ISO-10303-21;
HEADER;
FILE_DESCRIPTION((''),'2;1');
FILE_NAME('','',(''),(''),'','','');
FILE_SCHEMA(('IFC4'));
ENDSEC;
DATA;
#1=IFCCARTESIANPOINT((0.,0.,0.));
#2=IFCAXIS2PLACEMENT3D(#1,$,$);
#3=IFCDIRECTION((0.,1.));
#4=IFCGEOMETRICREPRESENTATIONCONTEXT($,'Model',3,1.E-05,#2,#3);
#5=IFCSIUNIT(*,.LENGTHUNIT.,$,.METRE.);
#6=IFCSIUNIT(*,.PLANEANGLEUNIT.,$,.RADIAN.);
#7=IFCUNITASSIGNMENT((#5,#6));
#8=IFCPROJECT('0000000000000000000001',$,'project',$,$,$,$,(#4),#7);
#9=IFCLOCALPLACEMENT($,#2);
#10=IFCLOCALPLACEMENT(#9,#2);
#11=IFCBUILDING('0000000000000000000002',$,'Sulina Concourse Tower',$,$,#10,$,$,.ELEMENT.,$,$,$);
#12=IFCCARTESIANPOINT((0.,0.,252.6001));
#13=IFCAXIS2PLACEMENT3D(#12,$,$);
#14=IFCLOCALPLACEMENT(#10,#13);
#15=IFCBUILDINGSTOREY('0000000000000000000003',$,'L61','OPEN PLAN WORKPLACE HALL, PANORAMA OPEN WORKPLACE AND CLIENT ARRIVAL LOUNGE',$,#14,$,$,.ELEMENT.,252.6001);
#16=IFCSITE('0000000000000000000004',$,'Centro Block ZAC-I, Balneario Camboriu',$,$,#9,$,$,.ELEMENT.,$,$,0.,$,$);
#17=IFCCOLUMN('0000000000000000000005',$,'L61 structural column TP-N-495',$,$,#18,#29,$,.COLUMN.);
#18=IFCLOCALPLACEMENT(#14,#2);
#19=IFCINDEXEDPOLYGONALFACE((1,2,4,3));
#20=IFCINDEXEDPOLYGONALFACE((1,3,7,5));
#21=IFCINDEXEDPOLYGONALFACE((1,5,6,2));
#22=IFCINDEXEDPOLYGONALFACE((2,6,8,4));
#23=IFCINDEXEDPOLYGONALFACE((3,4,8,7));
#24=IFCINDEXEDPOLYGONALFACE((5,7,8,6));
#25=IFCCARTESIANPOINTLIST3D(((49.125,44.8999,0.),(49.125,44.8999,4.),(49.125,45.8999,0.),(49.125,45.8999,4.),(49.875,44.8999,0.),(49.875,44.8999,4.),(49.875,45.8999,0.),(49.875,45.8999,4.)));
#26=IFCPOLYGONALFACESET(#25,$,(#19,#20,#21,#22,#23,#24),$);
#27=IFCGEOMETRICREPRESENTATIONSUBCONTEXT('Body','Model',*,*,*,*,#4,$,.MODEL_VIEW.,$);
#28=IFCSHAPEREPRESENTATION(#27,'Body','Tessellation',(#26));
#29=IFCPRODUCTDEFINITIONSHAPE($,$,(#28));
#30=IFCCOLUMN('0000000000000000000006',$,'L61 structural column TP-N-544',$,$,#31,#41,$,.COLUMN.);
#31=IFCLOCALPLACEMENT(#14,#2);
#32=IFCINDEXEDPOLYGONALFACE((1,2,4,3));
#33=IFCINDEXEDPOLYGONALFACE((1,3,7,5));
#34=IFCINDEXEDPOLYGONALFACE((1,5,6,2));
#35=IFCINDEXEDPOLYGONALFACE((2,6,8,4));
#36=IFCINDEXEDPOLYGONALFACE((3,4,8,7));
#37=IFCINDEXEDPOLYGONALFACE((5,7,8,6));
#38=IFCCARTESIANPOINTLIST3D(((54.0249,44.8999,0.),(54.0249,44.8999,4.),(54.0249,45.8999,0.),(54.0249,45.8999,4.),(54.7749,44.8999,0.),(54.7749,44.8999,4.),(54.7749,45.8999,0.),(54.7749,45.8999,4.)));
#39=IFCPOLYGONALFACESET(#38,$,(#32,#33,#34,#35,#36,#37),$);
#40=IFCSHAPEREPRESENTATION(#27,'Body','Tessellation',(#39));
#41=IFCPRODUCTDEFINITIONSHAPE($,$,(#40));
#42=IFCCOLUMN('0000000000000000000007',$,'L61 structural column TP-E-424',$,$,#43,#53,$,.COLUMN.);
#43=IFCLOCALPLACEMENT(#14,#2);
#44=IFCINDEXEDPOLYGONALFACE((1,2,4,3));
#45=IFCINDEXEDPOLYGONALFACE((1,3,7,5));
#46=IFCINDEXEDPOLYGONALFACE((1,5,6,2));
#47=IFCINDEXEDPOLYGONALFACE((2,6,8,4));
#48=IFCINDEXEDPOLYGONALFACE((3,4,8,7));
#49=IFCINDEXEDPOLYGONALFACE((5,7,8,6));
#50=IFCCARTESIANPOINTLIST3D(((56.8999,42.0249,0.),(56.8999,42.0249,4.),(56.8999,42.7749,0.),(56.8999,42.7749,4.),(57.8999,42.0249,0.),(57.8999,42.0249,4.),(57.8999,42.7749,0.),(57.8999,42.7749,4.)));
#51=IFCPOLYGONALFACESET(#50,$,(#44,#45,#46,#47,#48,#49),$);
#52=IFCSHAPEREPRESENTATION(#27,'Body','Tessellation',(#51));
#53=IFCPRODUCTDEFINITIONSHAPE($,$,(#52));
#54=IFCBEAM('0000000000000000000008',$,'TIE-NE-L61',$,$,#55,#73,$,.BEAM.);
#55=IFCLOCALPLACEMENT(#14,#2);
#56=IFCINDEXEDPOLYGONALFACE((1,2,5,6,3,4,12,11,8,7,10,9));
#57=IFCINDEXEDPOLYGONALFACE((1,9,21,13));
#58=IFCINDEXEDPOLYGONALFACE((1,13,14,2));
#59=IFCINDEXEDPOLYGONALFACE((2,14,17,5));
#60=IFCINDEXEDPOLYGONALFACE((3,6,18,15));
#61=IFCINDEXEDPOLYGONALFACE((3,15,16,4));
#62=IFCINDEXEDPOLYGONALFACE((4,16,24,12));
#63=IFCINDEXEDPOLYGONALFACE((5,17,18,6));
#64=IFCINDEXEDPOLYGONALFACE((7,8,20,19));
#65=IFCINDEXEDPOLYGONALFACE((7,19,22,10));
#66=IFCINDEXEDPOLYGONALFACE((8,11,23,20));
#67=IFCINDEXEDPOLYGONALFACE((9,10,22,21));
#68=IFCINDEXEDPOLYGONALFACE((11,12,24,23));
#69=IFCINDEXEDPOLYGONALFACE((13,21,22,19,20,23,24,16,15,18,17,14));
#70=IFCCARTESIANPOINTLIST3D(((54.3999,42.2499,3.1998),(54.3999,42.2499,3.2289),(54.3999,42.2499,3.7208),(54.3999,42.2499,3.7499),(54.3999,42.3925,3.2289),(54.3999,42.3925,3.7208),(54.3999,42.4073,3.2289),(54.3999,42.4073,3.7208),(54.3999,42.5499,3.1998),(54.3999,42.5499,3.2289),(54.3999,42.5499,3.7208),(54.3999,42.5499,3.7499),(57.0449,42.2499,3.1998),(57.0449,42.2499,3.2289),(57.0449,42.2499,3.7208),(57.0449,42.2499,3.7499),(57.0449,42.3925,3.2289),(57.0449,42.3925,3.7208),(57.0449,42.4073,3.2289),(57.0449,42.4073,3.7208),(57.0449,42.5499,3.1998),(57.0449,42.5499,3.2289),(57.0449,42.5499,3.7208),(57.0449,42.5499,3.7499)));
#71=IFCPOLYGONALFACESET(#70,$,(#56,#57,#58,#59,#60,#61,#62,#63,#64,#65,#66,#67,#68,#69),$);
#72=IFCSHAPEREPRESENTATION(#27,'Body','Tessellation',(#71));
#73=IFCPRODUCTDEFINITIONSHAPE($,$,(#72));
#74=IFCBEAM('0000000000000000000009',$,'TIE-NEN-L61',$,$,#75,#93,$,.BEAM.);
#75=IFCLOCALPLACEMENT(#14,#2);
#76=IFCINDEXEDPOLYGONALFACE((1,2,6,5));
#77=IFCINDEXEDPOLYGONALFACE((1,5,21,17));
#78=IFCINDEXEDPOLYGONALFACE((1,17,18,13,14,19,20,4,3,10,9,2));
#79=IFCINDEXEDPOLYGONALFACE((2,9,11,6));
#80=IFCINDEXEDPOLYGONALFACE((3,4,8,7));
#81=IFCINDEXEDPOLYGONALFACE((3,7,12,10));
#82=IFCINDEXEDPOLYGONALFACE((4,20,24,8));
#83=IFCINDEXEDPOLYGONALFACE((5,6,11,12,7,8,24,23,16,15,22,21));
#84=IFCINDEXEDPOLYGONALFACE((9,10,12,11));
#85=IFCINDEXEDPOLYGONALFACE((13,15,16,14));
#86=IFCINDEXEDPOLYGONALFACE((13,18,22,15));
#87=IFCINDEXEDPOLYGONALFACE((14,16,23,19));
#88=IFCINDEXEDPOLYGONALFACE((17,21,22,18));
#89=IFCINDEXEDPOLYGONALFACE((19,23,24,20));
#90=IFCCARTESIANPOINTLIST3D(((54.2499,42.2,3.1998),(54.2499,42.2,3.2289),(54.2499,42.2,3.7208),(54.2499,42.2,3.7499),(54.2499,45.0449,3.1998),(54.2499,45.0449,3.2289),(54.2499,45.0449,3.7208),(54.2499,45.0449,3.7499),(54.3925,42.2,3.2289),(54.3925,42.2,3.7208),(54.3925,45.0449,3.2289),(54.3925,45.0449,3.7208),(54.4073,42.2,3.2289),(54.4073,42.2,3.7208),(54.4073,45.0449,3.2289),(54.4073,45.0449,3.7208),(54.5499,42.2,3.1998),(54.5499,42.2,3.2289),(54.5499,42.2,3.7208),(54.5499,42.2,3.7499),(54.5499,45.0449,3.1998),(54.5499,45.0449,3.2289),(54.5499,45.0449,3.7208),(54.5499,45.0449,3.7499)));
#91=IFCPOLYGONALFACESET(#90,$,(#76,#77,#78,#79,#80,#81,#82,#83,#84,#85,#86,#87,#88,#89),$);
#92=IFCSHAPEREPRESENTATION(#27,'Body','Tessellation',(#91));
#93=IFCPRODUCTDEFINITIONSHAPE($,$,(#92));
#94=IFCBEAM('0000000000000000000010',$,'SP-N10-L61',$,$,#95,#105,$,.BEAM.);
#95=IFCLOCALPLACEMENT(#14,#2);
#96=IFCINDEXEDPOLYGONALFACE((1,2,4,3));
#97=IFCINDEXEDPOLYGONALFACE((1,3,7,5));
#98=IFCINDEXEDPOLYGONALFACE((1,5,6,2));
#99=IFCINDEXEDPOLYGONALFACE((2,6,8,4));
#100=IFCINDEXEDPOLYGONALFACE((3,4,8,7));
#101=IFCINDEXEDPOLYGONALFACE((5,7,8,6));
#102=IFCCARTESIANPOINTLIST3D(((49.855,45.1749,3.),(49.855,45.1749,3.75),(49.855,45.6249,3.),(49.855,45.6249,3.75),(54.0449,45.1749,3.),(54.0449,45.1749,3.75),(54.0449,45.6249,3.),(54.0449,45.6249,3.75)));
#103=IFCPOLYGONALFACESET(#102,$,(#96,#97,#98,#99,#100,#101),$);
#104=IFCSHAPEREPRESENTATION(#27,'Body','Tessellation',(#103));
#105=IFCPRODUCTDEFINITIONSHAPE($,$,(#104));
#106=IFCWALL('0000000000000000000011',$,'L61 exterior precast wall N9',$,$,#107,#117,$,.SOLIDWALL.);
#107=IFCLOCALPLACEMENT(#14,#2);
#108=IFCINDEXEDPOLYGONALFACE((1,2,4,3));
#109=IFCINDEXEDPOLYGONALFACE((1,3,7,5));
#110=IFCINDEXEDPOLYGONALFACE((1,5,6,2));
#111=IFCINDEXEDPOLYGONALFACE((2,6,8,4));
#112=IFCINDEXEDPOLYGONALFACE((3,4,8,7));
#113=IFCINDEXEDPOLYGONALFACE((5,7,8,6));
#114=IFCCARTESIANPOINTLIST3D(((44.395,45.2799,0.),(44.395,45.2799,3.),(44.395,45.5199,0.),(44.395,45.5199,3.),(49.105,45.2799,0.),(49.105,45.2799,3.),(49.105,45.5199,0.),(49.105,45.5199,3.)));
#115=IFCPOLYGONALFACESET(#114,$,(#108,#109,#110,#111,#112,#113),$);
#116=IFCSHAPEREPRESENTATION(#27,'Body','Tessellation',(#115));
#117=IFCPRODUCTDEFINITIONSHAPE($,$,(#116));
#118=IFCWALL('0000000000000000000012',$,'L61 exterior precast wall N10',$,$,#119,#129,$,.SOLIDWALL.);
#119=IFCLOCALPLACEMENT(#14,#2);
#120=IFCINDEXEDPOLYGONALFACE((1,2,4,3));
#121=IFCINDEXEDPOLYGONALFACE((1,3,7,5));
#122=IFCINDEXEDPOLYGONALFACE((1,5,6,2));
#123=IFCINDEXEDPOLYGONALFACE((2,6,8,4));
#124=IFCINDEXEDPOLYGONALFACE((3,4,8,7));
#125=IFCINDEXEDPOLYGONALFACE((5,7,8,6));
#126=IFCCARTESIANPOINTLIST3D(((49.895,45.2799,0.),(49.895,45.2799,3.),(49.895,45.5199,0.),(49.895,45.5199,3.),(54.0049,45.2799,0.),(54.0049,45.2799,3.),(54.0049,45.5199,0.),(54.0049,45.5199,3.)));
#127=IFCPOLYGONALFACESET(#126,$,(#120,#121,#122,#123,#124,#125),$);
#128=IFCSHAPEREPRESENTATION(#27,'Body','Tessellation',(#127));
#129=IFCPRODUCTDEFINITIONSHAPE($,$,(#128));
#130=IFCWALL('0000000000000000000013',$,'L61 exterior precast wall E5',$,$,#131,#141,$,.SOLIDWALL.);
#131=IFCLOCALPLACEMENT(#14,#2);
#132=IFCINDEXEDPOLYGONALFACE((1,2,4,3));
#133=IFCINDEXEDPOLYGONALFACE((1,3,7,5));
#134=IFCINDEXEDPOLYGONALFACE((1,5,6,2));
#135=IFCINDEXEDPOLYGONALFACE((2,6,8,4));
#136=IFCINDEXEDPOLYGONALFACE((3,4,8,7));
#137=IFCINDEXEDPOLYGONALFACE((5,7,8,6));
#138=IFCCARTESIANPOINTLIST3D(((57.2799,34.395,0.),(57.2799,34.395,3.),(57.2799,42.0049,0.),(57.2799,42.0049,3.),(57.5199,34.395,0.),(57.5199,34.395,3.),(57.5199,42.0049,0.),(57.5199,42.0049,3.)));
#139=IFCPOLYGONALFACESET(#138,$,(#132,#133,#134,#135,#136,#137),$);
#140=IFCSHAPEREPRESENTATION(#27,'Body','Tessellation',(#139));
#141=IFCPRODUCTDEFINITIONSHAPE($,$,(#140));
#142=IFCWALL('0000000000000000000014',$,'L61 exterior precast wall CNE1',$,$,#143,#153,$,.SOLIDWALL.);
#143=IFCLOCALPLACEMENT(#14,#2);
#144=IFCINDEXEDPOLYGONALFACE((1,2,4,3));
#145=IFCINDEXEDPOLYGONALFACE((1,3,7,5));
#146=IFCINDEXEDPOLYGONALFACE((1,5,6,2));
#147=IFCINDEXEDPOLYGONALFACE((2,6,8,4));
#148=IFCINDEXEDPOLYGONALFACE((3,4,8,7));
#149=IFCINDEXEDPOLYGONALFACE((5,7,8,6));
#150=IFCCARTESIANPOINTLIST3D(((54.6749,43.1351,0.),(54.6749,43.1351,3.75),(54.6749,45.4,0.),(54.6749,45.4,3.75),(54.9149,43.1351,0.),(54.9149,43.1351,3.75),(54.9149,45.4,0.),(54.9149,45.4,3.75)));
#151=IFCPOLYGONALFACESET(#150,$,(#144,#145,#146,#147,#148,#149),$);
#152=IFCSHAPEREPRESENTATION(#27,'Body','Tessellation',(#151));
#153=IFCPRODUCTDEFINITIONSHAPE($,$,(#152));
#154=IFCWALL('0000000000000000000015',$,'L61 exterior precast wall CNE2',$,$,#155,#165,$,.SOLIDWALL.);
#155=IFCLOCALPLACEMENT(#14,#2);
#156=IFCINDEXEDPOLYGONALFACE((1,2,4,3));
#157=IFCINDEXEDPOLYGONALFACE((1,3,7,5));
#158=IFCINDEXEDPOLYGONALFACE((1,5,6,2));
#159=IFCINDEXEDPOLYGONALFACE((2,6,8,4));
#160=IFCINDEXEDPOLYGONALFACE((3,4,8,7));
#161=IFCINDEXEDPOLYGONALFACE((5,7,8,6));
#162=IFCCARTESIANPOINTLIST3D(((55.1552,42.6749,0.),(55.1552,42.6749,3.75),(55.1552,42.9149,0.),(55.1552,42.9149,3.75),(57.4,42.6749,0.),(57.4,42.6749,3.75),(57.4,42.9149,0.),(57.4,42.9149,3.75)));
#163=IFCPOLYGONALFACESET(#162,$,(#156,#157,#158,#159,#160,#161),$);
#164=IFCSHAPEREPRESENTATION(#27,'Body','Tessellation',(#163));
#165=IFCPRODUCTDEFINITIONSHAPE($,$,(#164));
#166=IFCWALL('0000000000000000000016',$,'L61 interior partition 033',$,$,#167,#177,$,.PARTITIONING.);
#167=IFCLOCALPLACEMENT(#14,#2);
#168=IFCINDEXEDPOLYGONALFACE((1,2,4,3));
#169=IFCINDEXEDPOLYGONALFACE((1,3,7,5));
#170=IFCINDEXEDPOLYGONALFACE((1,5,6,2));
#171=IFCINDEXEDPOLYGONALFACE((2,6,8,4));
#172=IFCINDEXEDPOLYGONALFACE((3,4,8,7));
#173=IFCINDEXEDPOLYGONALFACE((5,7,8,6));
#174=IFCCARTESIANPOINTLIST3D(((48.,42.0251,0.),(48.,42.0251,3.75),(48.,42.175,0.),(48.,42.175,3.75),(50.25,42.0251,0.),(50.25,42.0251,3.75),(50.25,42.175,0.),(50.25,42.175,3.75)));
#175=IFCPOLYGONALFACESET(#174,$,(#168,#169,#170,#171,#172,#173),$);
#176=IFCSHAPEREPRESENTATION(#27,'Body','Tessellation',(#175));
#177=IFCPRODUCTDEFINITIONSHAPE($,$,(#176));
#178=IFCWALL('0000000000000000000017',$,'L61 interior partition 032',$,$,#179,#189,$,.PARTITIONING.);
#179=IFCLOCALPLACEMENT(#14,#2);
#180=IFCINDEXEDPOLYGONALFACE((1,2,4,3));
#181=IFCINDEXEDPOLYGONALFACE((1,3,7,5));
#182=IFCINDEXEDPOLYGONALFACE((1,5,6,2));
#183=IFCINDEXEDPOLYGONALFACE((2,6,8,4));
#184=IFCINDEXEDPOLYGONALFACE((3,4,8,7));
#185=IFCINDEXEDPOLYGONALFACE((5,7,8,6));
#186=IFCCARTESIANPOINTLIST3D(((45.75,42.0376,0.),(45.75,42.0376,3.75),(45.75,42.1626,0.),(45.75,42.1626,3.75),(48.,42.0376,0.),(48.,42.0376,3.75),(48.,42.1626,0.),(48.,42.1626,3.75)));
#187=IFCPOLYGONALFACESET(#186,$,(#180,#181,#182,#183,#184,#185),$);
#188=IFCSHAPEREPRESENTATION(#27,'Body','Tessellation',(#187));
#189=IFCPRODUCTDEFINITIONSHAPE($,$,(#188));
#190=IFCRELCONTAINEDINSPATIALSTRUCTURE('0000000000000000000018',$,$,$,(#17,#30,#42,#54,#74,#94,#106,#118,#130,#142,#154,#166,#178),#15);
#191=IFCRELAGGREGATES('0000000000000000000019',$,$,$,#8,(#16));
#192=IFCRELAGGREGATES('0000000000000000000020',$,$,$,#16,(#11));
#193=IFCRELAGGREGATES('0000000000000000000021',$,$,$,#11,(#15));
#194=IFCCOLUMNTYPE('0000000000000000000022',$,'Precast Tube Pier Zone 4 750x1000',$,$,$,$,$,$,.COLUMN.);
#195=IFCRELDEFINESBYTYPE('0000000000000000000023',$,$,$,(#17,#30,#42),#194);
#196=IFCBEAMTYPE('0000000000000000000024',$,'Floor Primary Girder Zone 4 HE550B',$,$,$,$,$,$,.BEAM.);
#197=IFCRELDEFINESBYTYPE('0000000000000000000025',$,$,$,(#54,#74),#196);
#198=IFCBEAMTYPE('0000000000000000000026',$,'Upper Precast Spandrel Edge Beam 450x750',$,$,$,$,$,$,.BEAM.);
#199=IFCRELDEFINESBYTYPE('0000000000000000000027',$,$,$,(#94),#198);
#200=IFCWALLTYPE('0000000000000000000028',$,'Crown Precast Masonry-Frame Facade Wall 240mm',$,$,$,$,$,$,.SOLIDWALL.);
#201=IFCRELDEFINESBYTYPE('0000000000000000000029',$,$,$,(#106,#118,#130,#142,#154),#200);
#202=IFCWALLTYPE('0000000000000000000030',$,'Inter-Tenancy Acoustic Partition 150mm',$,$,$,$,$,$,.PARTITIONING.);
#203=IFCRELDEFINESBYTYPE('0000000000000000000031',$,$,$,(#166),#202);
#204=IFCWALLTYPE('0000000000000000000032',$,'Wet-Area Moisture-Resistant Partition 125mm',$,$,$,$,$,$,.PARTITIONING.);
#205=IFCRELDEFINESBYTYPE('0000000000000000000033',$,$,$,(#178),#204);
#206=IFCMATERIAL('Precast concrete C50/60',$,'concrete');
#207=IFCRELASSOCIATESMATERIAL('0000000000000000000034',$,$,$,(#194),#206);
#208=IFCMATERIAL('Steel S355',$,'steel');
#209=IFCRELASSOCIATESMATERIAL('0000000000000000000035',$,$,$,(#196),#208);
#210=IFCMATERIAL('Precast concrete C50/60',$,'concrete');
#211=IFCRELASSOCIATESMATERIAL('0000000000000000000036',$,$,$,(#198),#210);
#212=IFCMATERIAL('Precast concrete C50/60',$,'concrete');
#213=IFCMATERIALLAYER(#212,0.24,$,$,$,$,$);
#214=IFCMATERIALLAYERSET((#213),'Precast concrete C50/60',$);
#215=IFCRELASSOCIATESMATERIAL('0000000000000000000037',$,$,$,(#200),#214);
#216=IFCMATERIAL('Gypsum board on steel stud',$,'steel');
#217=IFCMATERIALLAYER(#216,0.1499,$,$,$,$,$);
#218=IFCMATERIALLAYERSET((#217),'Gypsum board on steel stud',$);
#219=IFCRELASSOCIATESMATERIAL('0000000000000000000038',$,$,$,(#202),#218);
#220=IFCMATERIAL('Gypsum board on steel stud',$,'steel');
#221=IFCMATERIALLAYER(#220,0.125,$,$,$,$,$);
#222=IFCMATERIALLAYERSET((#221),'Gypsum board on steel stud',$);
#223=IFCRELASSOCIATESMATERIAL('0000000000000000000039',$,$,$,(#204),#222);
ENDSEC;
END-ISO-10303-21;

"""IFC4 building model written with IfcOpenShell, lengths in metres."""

from ifc_helpers import new_model, si_unit, direction, frame, frame_2d, origin, origin_2d, place, context, subcontext, project, spatial, rectangle, i_section, extrude, material, layer, layer_set, material_profile, profile_set, type_object, element, save


model = new_model("IFC4")

# Units and contexts
model_context = context("Model", 3, precision=1e-05, world=origin(), true_north=direction((0.0, 1.0)))
body_context = subcontext(model_context, "Body", "Model", "MODEL_VIEW")
ifc_project = project(units=[si_unit("LENGTHUNIT", "METRE"), si_unit("PLANEANGLEUNIT", "RADIAN")], contexts=[model_context])

# Site, building, storey
site_placement = place(None, origin())
site = spatial("IfcSite", under=ifc_project, at=site_placement, Name="Centro Block ZAC-I, Balneario Camboriu", CompositionType="ELEMENT", RefElevation=0.0)
building_placement = place(site_placement, origin())
building = spatial("IfcBuilding", under=site, at=building_placement, Name="Sulina Concourse Tower", CompositionType="ELEMENT")
storey_placement = place(building_placement, frame((0.0, 0.0, 252.6001)))
storey = spatial("IfcBuildingStorey", under=building, at=storey_placement, Name="L61", Description="OPEN PLAN WORKPLACE HALL, PANORAMA OPEN WORKPLACE AND CLIENT ARRIVAL LOUNGE", CompositionType="ELEMENT", Elevation=252.6001)

# Columns
ifc_material_1 = material(Name="Precast concrete C50/60", Category="concrete")
ifc_material_profile_1 = material_profile(ifc_material_1, rectangle(XDim=0.75, YDim=1.0, at=origin_2d()), Name="PC 750x1000")
ifc_profile_set_1 = profile_set([ifc_material_profile_1], Name="Precast concrete C50/60")
column_type = type_object("IfcColumnType", Name="Precast Tube Pier Zone 4 750x1000", PredefinedType="COLUMN", material=ifc_profile_set_1)
for number, where, z_axis, x_axis, name in (
    (1, (49.5, 45.3999, 0.0), (0.0, 0.0, 1.0), (1.0, 0.0, 0.0), "L61 structural column TP-N-495"),
    (2, (54.3999, 45.3999, 0.0), (0.0, 0.0, 1.0), (1.0, 0.0, 0.0), "L61 structural column TP-N-544"),
    (3, (57.3999, 42.3999, 0.0), (0.0, 0.0, 1.0), (0.0, 1.0, 0.0), "L61 structural column TP-E-424"),
):
    element("IfcColumn", number, at=place(storey_placement, frame(where, z_axis=z_axis, x_axis=x_axis)), inside=storey, type_object=column_type, Name=name, PredefinedType="COLUMN", context=body_context, shape_type="SweptSolid", body=[
        extrude(rectangle(XDim=0.75, YDim=1.0, at=origin_2d()), origin(), (0.0, 0.0, 1.0), 4.0),
    ])

# Beams
ifc_material_2 = material(Name="Steel S355", Category="steel")
ifc_material_profile_2 = material_profile(ifc_material_2, i_section(OverallWidth=0.3, OverallDepth=0.55, WebThickness=0.0149, FlangeThickness=0.0291, at=origin_2d()), Name="HE 550 B")
ifc_profile_set_2 = profile_set([ifc_material_profile_2], Name="Steel S355")
beam_type_1 = type_object("IfcBeamType", Name="Floor Primary Girder Zone 4 HE550B", PredefinedType="BEAM", material=ifc_profile_set_2)
beam_1_placement = place(storey_placement, frame((54.3999, 42.3999, 3.4749), z_axis=(1.0, 0.0, 0.0), x_axis=(0.0, 1.0, 0.0)))
element("IfcBeam", 4, at=beam_1_placement, inside=storey, type_object=beam_type_1, Name="TIE-NE-L61", PredefinedType="BEAM", context=body_context, shape_type="SweptSolid", body=[
    extrude(i_section(OverallWidth=0.3, OverallDepth=0.55, WebThickness=0.0149, FlangeThickness=0.0291, at=origin_2d()), origin(), (0.0, 0.0, 1.0), 2.645),
])
beam_2_placement = place(storey_placement, frame((54.3999, 42.2, 3.4749), z_axis=(0.0, 1.0, 0.0), x_axis=(-1.0, 0.0, 0.0)))
element("IfcBeam", 5, at=beam_2_placement, inside=storey, type_object=beam_type_1, Name="TIE-NEN-L61", PredefinedType="BEAM", context=body_context, shape_type="SweptSolid", body=[
    extrude(i_section(OverallWidth=0.3, OverallDepth=0.55, WebThickness=0.0149, FlangeThickness=0.0291, at=origin_2d()), origin(), (0.0, 0.0, 1.0), 2.845),
])
ifc_material_3 = material(Name="Precast concrete C50/60", Category="concrete")
ifc_material_profile_3 = material_profile(ifc_material_3, rectangle(XDim=0.45, YDim=0.75, at=origin_2d()), Name="RC 450x750")
ifc_profile_set_3 = profile_set([ifc_material_profile_3], Name="Precast concrete C50/60")
beam_type_2 = type_object("IfcBeamType", Name="Upper Precast Spandrel Edge Beam 450x750", PredefinedType="BEAM", material=ifc_profile_set_3)
beam_3_placement = place(storey_placement, frame((49.855, 45.3999, 3.375), z_axis=(1.0, 0.0, 0.0), x_axis=(0.0, 1.0, 0.0)))
element("IfcBeam", 6, at=beam_3_placement, inside=storey, type_object=beam_type_2, Name="SP-N10-L61", PredefinedType="BEAM", context=body_context, shape_type="SweptSolid", body=[
    extrude(rectangle(XDim=0.45, YDim=0.75, at=origin_2d()), origin(), (0.0, 0.0, 1.0), 4.1899),
])

# Walls
ifc_material_4 = material(Name="Precast concrete C50/60", Category="concrete")
ifc_layer_1 = layer(ifc_material_4, 0.24)
ifc_layer_set_1 = layer_set([ifc_layer_1], Name="Precast concrete C50/60")
wall_type_1 = type_object("IfcWallType", Name="Crown Precast Masonry-Frame Facade Wall 240mm", PredefinedType="SOLIDWALL", material=ifc_layer_set_1)
wall_1_placement = place(storey_placement, frame((44.395, 45.3999, 0.0), z_axis=(0.0, 0.0, 1.0), x_axis=(1.0, 0.0, 0.0)))
element("IfcWall", 7, at=wall_1_placement, inside=storey, type_object=wall_type_1, Name="L61 exterior precast wall N9", PredefinedType="SOLIDWALL", context=body_context, shape_type="SweptSolid", body=[
    extrude(rectangle(XDim=4.71, YDim=0.24, at=frame_2d((2.355, 0.0))), origin(), (0.0, 0.0, 1.0), 3.0),
])
wall_2_placement = place(storey_placement, frame((49.895, 45.3999, 0.0), z_axis=(0.0, 0.0, 1.0), x_axis=(1.0, 0.0, 0.0)))
element("IfcWall", 8, at=wall_2_placement, inside=storey, type_object=wall_type_1, Name="L61 exterior precast wall N10", PredefinedType="SOLIDWALL", context=body_context, shape_type="SweptSolid", body=[
    extrude(rectangle(XDim=4.1099, YDim=0.24, at=frame_2d((2.0549, 0.0))), origin(), (0.0, 0.0, 1.0), 3.0),
])
wall_3_placement = place(storey_placement, frame((57.3999, 42.0049, 0.0), z_axis=(0.0, 0.0, 1.0), x_axis=(0.0, -1.0, 0.0)))
element("IfcWall", 9, at=wall_3_placement, inside=storey, type_object=wall_type_1, Name="L61 exterior precast wall E5", PredefinedType="SOLIDWALL", context=body_context, shape_type="SweptSolid", body=[
    extrude(rectangle(XDim=7.6099, YDim=0.24, at=frame_2d((3.8049, 0.0))), origin(), (0.0, 0.0, 1.0), 3.0),
])
wall_4_placement = place(storey_placement, frame((54.7949, 45.3999, 0.0), z_axis=(0.0, 0.0, 1.0), x_axis=(0.0, -1.0, 0.0)))
element("IfcWall", 10, at=wall_4_placement, inside=storey, type_object=wall_type_1, Name="L61 exterior precast wall CNE1", PredefinedType="SOLIDWALL", context=body_context, shape_type="SweptSolid", body=[
    extrude(rectangle(XDim=2.2649, YDim=0.24, at=frame_2d((1.1323, 0.0))), origin(), (0.0, 0.0, 1.0), 3.75),
])
wall_5_placement = place(storey_placement, frame((55.155, 42.7949, 0.0), z_axis=(0.0, 0.0, 1.0), x_axis=(1.0, 0.0, 0.0)))
element("IfcWall", 11, at=wall_5_placement, inside=storey, type_object=wall_type_1, Name="L61 exterior precast wall CNE2", PredefinedType="SOLIDWALL", context=body_context, shape_type="SweptSolid", body=[
    extrude(rectangle(XDim=2.2449, YDim=0.24, at=frame_2d((1.1226, 0.0))), origin(), (0.0, 0.0, 1.0), 3.75),
])
ifc_material_5 = material(Name="Gypsum board on steel stud", Category="steel")
ifc_layer_2 = layer(ifc_material_5, 0.1499)
ifc_layer_set_2 = layer_set([ifc_layer_2], Name="Gypsum board on steel stud")
wall_type_2 = type_object("IfcWallType", Name="Inter-Tenancy Acoustic Partition 150mm", PredefinedType="PARTITIONING", material=ifc_layer_set_2)
wall_6_placement = place(storey_placement, frame((48.0, 42.1001, 0.0), z_axis=(0.0, 0.0, 1.0), x_axis=(1.0, 0.0, 0.0)))
element("IfcWall", 12, at=wall_6_placement, inside=storey, type_object=wall_type_2, Name="L61 interior partition 033", PredefinedType="PARTITIONING", context=body_context, shape_type="SweptSolid", body=[
    extrude(rectangle(XDim=2.25, YDim=0.1499, at=frame_2d((1.125, 0.0))), origin(), (0.0, 0.0, 1.0), 3.75),
])
ifc_material_6 = material(Name="Gypsum board on steel stud", Category="steel")
ifc_layer_3 = layer(ifc_material_6, 0.125)
ifc_layer_set_3 = layer_set([ifc_layer_3], Name="Gypsum board on steel stud")
wall_type_3 = type_object("IfcWallType", Name="Wet-Area Moisture-Resistant Partition 125mm", PredefinedType="PARTITIONING", material=ifc_layer_set_3)
wall_7_placement = place(storey_placement, frame((45.75, 42.1001, 0.0), z_axis=(0.0, 0.0, 1.0), x_axis=(1.0, 0.0, 0.0)))
element("IfcWall", 13, at=wall_7_placement, inside=storey, type_object=wall_type_3, Name="L61 interior partition 032", PredefinedType="PARTITIONING", context=body_context, shape_type="SweptSolid", body=[
    extrude(rectangle(XDim=2.25, YDim=0.125, at=frame_2d((1.125, 0.0))), origin(), (0.0, 0.0, 1.0), 3.75),
])

save(model, "model.ifc")
